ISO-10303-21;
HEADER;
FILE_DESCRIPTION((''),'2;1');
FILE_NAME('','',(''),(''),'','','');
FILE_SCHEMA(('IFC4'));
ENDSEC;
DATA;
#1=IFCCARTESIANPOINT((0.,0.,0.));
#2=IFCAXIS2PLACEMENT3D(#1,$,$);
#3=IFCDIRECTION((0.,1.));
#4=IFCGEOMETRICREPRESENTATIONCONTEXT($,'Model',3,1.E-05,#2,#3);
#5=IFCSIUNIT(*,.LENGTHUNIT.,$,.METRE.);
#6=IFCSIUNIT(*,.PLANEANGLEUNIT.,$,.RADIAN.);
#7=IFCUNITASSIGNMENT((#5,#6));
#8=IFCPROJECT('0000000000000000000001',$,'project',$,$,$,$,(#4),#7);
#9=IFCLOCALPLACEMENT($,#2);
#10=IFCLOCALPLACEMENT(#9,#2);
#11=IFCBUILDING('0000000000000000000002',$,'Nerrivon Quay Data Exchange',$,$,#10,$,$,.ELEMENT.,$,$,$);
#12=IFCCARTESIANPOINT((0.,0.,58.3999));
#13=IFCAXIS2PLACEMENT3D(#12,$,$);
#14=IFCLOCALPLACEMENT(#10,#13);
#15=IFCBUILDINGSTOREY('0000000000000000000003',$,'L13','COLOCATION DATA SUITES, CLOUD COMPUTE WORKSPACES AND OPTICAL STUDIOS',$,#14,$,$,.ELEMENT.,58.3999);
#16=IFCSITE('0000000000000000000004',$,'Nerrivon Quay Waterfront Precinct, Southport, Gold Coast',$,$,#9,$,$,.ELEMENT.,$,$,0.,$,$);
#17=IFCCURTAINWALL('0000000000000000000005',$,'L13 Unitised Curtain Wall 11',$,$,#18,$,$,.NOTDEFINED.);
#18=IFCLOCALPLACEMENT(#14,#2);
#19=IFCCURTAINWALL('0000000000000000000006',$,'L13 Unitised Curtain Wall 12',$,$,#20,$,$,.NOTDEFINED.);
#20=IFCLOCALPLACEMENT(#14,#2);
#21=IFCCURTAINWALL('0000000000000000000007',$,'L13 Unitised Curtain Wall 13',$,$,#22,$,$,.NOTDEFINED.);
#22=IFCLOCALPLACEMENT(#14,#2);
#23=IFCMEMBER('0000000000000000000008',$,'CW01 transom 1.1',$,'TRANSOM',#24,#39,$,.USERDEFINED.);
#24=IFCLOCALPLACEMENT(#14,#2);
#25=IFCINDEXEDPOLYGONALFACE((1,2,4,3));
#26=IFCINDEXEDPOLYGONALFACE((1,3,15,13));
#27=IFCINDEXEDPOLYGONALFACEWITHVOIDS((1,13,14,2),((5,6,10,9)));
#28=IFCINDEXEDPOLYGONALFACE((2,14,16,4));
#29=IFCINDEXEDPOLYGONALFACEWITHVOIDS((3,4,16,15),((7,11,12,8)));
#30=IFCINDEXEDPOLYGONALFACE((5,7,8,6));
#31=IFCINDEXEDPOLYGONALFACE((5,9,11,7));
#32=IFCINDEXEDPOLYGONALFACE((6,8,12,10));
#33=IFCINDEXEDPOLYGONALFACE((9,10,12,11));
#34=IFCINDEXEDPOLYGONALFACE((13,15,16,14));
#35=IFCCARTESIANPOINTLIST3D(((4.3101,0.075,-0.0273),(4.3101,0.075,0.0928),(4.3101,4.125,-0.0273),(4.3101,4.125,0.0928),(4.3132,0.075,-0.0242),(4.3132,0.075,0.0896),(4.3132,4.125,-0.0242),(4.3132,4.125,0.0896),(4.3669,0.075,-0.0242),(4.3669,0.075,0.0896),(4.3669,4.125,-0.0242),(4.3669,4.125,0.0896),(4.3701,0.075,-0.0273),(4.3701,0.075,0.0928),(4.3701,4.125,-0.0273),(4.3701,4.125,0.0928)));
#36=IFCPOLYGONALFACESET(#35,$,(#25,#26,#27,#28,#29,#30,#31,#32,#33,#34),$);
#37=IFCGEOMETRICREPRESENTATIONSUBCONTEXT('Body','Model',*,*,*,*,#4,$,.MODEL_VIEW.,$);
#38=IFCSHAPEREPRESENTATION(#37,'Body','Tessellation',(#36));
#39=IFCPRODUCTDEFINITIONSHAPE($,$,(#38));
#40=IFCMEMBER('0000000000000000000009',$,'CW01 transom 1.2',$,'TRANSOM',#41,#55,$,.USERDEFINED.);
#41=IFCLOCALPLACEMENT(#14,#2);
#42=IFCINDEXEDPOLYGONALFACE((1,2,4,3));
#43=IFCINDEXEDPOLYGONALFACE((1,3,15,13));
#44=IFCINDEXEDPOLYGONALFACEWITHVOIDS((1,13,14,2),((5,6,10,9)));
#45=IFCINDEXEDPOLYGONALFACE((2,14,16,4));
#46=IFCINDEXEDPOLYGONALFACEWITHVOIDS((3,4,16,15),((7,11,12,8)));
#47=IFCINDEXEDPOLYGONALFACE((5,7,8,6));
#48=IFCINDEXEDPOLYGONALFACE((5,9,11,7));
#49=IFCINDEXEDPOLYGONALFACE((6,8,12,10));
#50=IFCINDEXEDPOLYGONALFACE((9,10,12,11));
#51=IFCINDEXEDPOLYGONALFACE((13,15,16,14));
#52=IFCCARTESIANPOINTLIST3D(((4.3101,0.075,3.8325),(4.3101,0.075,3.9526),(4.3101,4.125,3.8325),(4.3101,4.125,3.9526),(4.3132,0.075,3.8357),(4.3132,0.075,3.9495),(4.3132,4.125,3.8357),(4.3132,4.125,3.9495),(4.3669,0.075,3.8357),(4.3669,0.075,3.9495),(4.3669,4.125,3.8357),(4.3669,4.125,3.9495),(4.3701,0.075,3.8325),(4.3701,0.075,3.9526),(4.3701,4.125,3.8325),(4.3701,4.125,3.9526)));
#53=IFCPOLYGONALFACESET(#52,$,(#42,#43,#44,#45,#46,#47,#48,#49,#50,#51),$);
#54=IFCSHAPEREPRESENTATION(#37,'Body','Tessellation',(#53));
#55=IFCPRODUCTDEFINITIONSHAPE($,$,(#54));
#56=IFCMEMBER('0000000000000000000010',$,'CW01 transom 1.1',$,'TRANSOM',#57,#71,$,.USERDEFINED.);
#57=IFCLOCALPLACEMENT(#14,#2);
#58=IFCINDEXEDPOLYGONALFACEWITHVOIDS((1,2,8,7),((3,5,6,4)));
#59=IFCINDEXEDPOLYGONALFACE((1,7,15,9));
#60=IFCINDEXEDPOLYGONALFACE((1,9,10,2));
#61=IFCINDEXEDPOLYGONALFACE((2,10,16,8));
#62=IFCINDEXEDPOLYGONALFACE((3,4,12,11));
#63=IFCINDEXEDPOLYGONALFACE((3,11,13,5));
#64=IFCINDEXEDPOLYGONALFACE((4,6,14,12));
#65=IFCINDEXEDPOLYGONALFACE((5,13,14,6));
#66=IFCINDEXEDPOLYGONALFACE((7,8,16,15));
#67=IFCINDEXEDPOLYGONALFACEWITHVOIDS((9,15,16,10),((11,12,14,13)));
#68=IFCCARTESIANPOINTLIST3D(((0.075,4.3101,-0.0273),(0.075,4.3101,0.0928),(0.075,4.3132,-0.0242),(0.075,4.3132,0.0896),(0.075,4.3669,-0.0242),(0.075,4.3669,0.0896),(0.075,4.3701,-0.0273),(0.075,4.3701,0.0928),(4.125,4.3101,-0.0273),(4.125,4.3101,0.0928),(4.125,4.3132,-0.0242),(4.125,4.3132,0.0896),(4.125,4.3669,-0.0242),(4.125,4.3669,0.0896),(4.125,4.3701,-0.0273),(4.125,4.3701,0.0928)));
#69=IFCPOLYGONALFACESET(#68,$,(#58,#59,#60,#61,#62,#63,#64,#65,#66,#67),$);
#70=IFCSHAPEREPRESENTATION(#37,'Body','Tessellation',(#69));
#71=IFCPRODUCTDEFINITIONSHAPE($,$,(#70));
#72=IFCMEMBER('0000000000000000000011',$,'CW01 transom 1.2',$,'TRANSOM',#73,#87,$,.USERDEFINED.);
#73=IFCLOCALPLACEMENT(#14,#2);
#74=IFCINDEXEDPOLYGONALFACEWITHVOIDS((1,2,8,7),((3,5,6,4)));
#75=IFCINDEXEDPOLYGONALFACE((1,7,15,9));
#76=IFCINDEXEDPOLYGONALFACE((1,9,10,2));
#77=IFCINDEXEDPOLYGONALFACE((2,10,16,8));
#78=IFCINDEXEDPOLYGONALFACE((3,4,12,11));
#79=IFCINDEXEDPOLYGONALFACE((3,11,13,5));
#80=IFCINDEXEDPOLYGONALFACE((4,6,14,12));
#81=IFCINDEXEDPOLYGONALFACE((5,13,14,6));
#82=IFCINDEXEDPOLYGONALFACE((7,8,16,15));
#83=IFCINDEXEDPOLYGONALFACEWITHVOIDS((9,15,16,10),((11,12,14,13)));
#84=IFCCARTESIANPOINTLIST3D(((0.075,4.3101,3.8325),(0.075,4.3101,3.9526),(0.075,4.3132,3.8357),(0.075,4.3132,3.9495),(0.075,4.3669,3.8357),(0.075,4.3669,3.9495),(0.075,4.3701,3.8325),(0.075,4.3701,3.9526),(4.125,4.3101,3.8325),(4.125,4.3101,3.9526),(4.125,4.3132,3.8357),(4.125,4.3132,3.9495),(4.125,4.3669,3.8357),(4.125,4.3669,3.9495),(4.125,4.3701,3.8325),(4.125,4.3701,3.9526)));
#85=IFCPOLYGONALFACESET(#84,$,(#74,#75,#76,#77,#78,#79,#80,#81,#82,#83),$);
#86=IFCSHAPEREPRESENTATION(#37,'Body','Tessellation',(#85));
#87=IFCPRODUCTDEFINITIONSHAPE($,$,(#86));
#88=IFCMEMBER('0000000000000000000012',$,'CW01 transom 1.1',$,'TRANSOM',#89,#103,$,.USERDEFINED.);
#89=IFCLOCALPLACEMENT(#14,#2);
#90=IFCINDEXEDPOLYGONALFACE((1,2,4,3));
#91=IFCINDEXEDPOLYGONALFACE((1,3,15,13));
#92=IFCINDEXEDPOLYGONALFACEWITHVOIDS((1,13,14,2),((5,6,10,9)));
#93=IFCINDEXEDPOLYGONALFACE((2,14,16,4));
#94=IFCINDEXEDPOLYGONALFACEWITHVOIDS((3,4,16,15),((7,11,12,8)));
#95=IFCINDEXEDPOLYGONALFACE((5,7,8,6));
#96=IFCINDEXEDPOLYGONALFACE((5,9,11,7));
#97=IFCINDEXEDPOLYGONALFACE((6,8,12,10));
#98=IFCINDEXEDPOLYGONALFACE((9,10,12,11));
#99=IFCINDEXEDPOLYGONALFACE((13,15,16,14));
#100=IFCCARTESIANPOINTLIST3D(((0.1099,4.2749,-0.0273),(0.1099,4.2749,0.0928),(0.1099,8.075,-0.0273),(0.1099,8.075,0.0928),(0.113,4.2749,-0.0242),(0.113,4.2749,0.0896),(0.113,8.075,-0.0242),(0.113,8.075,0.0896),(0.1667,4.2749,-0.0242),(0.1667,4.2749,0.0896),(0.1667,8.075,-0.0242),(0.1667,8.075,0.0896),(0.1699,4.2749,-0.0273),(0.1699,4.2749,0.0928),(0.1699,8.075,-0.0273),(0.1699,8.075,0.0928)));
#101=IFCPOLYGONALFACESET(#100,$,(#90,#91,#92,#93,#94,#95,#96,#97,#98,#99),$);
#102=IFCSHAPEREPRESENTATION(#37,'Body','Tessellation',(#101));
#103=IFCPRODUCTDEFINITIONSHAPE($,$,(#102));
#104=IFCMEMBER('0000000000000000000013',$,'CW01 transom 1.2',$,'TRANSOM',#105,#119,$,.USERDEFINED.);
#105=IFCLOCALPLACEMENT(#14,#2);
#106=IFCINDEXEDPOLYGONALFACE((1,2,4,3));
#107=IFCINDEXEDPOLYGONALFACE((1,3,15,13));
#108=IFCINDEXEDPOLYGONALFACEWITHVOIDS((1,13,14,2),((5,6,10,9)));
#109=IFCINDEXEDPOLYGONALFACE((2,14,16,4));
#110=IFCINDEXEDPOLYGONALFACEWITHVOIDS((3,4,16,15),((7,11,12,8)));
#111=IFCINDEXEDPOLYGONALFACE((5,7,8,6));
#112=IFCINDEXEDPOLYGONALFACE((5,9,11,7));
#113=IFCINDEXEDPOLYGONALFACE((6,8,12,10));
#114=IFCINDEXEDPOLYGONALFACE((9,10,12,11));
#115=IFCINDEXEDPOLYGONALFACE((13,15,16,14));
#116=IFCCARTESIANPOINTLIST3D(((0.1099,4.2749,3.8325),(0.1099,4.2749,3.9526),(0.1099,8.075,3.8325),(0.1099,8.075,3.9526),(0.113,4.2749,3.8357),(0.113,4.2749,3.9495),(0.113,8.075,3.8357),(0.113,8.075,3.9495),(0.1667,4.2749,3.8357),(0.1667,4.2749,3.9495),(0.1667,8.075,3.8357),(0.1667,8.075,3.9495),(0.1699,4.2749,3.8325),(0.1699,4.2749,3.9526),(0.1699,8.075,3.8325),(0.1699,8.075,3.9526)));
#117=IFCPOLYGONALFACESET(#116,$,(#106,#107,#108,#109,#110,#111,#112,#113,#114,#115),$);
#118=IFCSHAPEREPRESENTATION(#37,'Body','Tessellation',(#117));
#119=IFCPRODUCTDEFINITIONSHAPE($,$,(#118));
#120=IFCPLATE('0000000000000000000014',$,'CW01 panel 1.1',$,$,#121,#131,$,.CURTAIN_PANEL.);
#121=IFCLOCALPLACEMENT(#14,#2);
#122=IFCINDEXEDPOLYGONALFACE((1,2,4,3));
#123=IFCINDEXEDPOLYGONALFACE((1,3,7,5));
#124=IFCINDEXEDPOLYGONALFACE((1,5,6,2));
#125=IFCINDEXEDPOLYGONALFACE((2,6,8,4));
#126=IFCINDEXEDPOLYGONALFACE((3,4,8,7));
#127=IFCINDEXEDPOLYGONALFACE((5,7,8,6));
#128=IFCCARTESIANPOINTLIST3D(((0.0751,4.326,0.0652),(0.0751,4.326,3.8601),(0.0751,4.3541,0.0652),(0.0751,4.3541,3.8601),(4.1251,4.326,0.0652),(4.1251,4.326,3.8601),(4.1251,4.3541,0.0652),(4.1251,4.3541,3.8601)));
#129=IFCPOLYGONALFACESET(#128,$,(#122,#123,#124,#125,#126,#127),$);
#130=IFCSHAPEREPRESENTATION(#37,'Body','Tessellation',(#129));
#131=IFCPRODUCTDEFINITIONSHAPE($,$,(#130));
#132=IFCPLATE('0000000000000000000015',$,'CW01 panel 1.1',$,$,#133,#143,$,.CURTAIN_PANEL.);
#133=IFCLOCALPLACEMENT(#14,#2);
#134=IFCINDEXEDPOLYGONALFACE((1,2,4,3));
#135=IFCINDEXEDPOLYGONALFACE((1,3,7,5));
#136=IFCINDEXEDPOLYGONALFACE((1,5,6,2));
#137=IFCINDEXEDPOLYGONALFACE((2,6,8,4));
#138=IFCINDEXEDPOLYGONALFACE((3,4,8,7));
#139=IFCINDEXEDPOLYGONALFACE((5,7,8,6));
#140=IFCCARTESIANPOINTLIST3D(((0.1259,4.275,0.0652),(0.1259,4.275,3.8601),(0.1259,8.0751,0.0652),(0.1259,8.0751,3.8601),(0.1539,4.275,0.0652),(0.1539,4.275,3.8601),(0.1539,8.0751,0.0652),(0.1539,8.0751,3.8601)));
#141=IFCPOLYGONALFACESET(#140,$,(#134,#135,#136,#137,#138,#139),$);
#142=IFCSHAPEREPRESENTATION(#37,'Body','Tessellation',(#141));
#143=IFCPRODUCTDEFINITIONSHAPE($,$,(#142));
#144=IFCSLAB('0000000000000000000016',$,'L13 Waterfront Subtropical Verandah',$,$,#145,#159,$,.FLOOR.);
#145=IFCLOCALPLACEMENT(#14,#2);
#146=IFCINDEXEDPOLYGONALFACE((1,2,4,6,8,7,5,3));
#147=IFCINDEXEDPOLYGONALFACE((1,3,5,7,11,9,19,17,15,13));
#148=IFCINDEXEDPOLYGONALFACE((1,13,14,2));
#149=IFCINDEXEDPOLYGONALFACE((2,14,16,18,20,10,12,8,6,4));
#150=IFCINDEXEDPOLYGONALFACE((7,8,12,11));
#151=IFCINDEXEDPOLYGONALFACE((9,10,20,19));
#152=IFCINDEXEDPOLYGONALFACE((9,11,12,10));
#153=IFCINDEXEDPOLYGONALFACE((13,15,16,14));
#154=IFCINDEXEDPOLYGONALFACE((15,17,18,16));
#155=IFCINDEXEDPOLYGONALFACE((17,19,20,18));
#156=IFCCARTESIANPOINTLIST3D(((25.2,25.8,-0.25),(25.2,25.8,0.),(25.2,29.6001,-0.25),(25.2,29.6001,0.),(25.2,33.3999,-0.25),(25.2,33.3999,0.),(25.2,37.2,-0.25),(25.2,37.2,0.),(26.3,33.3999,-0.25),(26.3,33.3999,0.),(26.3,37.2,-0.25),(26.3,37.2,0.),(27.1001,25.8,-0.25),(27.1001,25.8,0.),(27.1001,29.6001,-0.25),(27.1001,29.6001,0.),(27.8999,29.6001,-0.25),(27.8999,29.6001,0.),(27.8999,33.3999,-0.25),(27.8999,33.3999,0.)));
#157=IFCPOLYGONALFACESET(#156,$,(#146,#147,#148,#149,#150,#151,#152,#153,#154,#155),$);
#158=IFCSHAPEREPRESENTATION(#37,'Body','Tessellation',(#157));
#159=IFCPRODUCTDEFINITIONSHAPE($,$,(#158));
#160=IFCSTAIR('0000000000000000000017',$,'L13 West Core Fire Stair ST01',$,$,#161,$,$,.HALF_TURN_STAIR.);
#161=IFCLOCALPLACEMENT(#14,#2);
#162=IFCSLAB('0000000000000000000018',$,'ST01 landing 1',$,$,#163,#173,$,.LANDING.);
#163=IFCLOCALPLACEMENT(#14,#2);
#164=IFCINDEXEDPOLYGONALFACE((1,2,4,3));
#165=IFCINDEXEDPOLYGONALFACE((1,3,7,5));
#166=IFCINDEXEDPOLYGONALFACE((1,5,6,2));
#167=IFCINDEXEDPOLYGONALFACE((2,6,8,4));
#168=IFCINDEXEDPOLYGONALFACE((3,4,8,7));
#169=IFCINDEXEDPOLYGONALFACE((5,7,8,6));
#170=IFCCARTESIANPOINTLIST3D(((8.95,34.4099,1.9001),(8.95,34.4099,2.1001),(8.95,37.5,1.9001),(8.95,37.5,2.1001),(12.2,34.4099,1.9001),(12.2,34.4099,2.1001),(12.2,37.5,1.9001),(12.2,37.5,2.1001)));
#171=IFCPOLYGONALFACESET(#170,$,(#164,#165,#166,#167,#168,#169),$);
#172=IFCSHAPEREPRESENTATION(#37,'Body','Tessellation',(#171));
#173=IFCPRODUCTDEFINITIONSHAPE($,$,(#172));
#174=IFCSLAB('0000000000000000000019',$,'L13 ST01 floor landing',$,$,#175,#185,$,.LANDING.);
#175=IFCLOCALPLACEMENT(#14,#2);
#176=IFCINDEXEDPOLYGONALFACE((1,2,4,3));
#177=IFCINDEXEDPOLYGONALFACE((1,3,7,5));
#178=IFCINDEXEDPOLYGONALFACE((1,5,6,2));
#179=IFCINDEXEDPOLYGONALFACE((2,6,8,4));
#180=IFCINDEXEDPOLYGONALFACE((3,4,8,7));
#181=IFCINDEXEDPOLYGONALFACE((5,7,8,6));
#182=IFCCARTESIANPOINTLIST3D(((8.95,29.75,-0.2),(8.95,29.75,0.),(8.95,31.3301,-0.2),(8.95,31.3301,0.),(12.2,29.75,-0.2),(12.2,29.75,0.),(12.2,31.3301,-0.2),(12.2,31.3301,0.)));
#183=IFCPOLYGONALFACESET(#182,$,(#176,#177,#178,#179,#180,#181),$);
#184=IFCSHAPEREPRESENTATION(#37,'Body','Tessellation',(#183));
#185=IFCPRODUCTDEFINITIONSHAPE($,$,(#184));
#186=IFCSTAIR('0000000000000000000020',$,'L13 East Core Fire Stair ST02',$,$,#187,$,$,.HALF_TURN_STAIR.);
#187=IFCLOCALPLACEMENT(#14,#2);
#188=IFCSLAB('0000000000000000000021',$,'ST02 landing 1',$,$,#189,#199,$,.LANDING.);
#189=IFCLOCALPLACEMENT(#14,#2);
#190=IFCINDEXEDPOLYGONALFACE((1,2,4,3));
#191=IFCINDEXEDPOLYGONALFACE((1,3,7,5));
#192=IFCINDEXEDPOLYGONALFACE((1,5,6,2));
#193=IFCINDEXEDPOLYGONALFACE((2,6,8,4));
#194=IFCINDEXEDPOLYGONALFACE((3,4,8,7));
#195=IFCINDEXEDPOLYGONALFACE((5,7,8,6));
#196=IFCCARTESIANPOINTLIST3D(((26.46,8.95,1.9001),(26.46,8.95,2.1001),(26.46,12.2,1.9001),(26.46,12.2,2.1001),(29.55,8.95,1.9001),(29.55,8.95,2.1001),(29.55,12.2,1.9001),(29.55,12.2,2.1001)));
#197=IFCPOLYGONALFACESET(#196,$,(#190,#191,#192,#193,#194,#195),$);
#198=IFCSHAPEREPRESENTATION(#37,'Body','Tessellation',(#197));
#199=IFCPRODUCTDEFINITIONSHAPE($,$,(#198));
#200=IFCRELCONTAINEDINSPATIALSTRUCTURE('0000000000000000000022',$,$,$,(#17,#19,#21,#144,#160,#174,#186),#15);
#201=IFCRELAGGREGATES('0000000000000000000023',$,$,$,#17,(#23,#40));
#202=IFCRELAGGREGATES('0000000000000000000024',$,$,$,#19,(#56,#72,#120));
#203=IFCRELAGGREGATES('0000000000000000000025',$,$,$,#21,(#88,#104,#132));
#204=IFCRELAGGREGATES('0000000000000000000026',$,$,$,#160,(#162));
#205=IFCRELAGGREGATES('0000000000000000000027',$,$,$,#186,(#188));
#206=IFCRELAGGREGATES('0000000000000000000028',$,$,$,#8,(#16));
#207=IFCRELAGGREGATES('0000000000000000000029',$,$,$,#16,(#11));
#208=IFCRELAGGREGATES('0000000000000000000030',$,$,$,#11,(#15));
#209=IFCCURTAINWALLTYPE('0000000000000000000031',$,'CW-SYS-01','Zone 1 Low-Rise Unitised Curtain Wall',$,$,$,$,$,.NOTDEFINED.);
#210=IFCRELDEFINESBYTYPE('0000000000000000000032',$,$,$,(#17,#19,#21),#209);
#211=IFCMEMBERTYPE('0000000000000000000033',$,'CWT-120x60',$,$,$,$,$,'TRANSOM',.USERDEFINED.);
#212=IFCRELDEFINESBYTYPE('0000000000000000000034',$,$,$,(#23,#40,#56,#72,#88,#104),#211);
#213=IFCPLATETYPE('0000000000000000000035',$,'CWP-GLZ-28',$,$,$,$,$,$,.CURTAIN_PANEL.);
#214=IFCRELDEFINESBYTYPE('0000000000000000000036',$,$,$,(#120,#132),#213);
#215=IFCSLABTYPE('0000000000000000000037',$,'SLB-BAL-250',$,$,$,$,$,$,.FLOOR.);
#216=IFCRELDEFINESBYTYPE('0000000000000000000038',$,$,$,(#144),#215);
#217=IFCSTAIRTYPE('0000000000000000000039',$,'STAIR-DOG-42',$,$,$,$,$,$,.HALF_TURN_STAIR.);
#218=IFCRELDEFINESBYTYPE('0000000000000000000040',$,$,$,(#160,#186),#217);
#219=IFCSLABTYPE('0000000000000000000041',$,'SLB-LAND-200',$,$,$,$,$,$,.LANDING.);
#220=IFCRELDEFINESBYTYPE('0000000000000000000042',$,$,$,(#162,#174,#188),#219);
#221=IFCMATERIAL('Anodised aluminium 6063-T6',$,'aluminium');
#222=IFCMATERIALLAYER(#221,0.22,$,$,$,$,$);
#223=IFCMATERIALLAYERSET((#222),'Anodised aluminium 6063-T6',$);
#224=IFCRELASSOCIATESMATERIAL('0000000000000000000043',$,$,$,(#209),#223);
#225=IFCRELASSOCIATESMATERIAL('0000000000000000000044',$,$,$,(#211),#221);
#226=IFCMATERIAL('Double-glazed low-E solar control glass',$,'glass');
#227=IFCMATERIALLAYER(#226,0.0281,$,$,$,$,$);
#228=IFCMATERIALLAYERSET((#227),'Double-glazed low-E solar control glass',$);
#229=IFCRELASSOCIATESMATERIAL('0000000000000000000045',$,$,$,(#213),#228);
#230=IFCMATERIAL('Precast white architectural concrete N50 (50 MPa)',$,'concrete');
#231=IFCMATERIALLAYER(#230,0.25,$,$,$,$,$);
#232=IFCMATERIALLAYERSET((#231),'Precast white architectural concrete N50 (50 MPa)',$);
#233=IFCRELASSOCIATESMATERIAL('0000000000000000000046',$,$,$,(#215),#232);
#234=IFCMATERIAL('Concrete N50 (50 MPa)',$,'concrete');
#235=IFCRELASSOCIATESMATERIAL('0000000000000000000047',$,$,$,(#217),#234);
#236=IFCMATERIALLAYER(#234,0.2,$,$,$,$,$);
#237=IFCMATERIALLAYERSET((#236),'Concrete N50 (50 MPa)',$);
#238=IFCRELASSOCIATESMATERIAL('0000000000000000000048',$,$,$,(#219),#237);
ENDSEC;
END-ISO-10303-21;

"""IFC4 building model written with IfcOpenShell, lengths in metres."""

from ifc_helpers import new_model, si_unit, direction, frame, origin, origin_2d, place, context, subcontext, project, spatial, polyline, rectangle, hollow_rectangle, outline, extrude, material, layer, layer_set, material_profile, profile_set, type_object, element, aggregate, save


model = new_model("IFC4")

# Units and contexts
model_context = context("Model", 3, precision=1e-05, world=origin(), true_north=direction((0.0, 1.0)))
body_context = subcontext(model_context, "Body", "Model", "MODEL_VIEW")
ifc_project = project(units=[si_unit("LENGTHUNIT", "METRE"), si_unit("PLANEANGLEUNIT", "RADIAN")], contexts=[model_context])

# Site, building, storey
site_placement = place(None, origin())
site = spatial("IfcSite", under=ifc_project, at=site_placement, Name="Nerrivon Quay Waterfront Precinct, Southport, Gold Coast", CompositionType="ELEMENT", RefElevation=0.0)
building_placement = place(site_placement, origin())
building = spatial("IfcBuilding", under=site, at=building_placement, Name="Nerrivon Quay Data Exchange", CompositionType="ELEMENT")
storey_placement = place(building_placement, frame((0.0, 0.0, 58.3999)))
storey = spatial("IfcBuildingStorey", under=building, at=storey_placement, Name="L13", Description="COLOCATION DATA SUITES, CLOUD COMPUTE WORKSPACES AND OPTICAL STUDIOS", CompositionType="ELEMENT", Elevation=58.3999)

# Curtain wall
ifc_material_1 = material(Name="Anodised aluminium 6063-T6", Category="aluminium")
ifc_layer_1 = layer(ifc_material_1, 0.22)
ifc_layer_set_1 = layer_set([ifc_layer_1], Name="Anodised aluminium 6063-T6")
curtain_wall_type = type_object("IfcCurtainWallType", Name="CW-SYS-01", Description="Zone 1 Low-Rise Unitised Curtain Wall", PredefinedType="NOTDEFINED", material=ifc_layer_set_1)
curtain_wall_1_placement = place(storey_placement, origin())
curtain_wall_1 = element("IfcCurtainWall", 1, at=curtain_wall_1_placement, inside=storey, type_object=curtain_wall_type, Name="L13 Unitised Curtain Wall 11", PredefinedType="NOTDEFINED")

# Curtain walls
curtain_wall_2_placement = place(storey_placement, origin())
curtain_wall_2 = element("IfcCurtainWall", 2, at=curtain_wall_2_placement, inside=storey, type_object=curtain_wall_type, Name="L13 Unitised Curtain Wall 12", PredefinedType="NOTDEFINED")
curtain_wall_3_placement = place(storey_placement, origin())
curtain_wall_3 = element("IfcCurtainWall", 3, at=curtain_wall_3_placement, inside=storey, type_object=curtain_wall_type, Name="L13 Unitised Curtain Wall 13", PredefinedType="NOTDEFINED")

# Members
ifc_material_profile_1 = material_profile(ifc_material_1, hollow_rectangle(XDim=0.0601, YDim=0.1201, WallThickness=0.0032, at=origin_2d()), Name="ALU-TRAN-120x60")
ifc_profile_set_1 = profile_set([ifc_material_profile_1], Name="Anodised aluminium 6063-T6")
member_type_1 = type_object("IfcMemberType", Name="CWT-120x60", ElementType="TRANSOM", PredefinedType="USERDEFINED", material=ifc_profile_set_1)
member_1_placement = place(storey_placement, frame((4.3401, 0.075, 0.0327), z_axis=(0.0, 1.0, 0.0), x_axis=(-1.0, 0.0, 0.0)))
member_1 = element("IfcMember", 4, at=member_1_placement, type_object=member_type_1, Name="CW01 transom 1.1", ObjectType="TRANSOM", PredefinedType="USERDEFINED", context=body_context, shape_type="SweptSolid", body=[
    extrude(hollow_rectangle(XDim=0.0601, YDim=0.1201, WallThickness=0.0032, at=origin_2d()), origin(), (0.0, 0.0, 1.0), 4.05),
])
member_2_placement = place(storey_placement, frame((4.3401, 0.075, 3.8926), z_axis=(0.0, 1.0, 0.0), x_axis=(-1.0, 0.0, 0.0)))
member_2 = element("IfcMember", 5, at=member_2_placement, type_object=member_type_1, Name="CW01 transom 1.2", ObjectType="TRANSOM", PredefinedType="USERDEFINED", context=body_context, shape_type="SweptSolid", body=[
    extrude(hollow_rectangle(XDim=0.0601, YDim=0.1201, WallThickness=0.0032, at=origin_2d()), origin(), (0.0, 0.0, 1.0), 4.05),
])
aggregate(curtain_wall_1, [member_1, member_2])
member_3_placement = place(storey_placement, frame((4.125, 4.3401, 0.0327), z_axis=(-1.0, 0.0, 0.0), x_axis=(0.0, -1.0, 0.0)))
member_3 = element("IfcMember", 6, at=member_3_placement, type_object=member_type_1, Name="CW01 transom 1.1", ObjectType="TRANSOM", PredefinedType="USERDEFINED", context=body_context, shape_type="SweptSolid", body=[
    extrude(hollow_rectangle(XDim=0.0601, YDim=0.1201, WallThickness=0.0032, at=origin_2d()), origin(), (0.0, 0.0, 1.0), 4.05),
])
member_4_placement = place(storey_placement, frame((4.125, 4.3401, 3.8926), z_axis=(-1.0, 0.0, 0.0), x_axis=(0.0, -1.0, 0.0)))
member_4 = element("IfcMember", 7, at=member_4_placement, type_object=member_type_1, Name="CW01 transom 1.2", ObjectType="TRANSOM", PredefinedType="USERDEFINED", context=body_context, shape_type="SweptSolid", body=[
    extrude(hollow_rectangle(XDim=0.0601, YDim=0.1201, WallThickness=0.0032, at=origin_2d()), origin(), (0.0, 0.0, 1.0), 4.05),
])
member_5_placement = place(storey_placement, frame((0.1399, 4.2749, 0.0327), z_axis=(0.0, 1.0, 0.0), x_axis=(-1.0, 0.0, 0.0)))
member_5 = element("IfcMember", 8, at=member_5_placement, type_object=member_type_1, Name="CW01 transom 1.1", ObjectType="TRANSOM", PredefinedType="USERDEFINED", context=body_context, shape_type="SweptSolid", body=[
    extrude(hollow_rectangle(XDim=0.0601, YDim=0.1201, WallThickness=0.0032, at=origin_2d()), origin(), (0.0, 0.0, 1.0), 3.8),
])
member_6_placement = place(storey_placement, frame((0.1399, 4.2749, 3.8926), z_axis=(0.0, 1.0, 0.0), x_axis=(-1.0, 0.0, 0.0)))
member_6 = element("IfcMember", 9, at=member_6_placement, type_object=member_type_1, Name="CW01 transom 1.2", ObjectType="TRANSOM", PredefinedType="USERDEFINED", context=body_context, shape_type="SweptSolid", body=[
    extrude(hollow_rectangle(XDim=0.0601, YDim=0.1201, WallThickness=0.0032, at=origin_2d()), origin(), (0.0, 0.0, 1.0), 3.8),
])

# Plates
ifc_material_2 = material(Name="Double-glazed low-E solar control glass", Category="glass")
ifc_layer_2 = layer(ifc_material_2, 0.0281)
ifc_layer_set_2 = layer_set([ifc_layer_2], Name="Double-glazed low-E solar control glass")
plate_type = type_object("IfcPlateType", Name="CWP-GLZ-28", PredefinedType="CURTAIN_PANEL", material=ifc_layer_set_2)
plate_1_placement = place(storey_placement, frame((2.1001, 4.3401, 0.0652), z_axis=(0.0, 0.0, 1.0), x_axis=(-1.0, 0.0, 0.0)))
plate_1 = element("IfcPlate", 10, at=plate_1_placement, type_object=plate_type, Name="CW01 panel 1.1", PredefinedType="CURTAIN_PANEL", context=body_context, shape_type="SweptSolid", body=[
    extrude(rectangle(XDim=4.05, YDim=0.0281, at=origin_2d()), origin(), (0.0, 0.0, 1.0), 3.7949),
])
aggregate(curtain_wall_2, [member_3, member_4, plate_1])
plate_2_placement = place(storey_placement, frame((0.1399, 6.175, 0.0652), z_axis=(0.0, 0.0, 1.0), x_axis=(0.0, 1.0, 0.0)))
plate_2 = element("IfcPlate", 11, at=plate_2_placement, type_object=plate_type, Name="CW01 panel 1.1", PredefinedType="CURTAIN_PANEL", context=body_context, shape_type="SweptSolid", body=[
    extrude(rectangle(XDim=3.8, YDim=0.0281, at=origin_2d()), origin(), (0.0, 0.0, 1.0), 3.7949),
])
aggregate(curtain_wall_3, [member_5, member_6, plate_2])

# Slab
ifc_material_3 = material(Name="Precast white architectural concrete N50 (50 MPa)", Category="concrete")
ifc_layer_3 = layer(ifc_material_3, 0.25)
ifc_layer_set_3 = layer_set([ifc_layer_3], Name="Precast white architectural concrete N50 (50 MPa)")
slab_type_1 = type_object("IfcSlabType", Name="SLB-BAL-250", PredefinedType="FLOOR", material=ifc_layer_set_3)
slab_1_placement = place(storey_placement, frame((0.0, 0.0, -0.25)))
element("IfcSlab", 12, at=slab_1_placement, inside=storey, type_object=slab_type_1, Name="L13 Waterfront Subtropical Verandah", PredefinedType="FLOOR", context=body_context, shape_type="SweptSolid", body=[
    extrude(outline(polyline([(27.1001, 29.6001), (27.8999, 29.6001), (27.8999, 33.3999), (26.3, 33.3999), (26.3, 37.2), (25.2, 37.2), (25.2, 33.3999), (25.2, 29.6001), (25.2, 25.8), (27.1001, 25.8), (27.1001, 29.6001)])), origin(), (0.0, 0.0, 1.0), 0.25),
])

# Stair, slab
ifc_material_4 = material(Name="Concrete N50 (50 MPa)", Category="concrete")
stair_type = type_object("IfcStairType", Name="STAIR-DOG-42", PredefinedType="HALF_TURN_STAIR", material=ifc_material_4)
stair_1_placement = place(storey_placement, origin())
stair_1 = element("IfcStair", 13, at=stair_1_placement, inside=storey, type_object=stair_type, Name="L13 West Core Fire Stair ST01", PredefinedType="HALF_TURN_STAIR")
ifc_layer_4 = layer(ifc_material_4, 0.2)
ifc_layer_set_4 = layer_set([ifc_layer_4], Name="Concrete N50 (50 MPa)")
slab_type_2 = type_object("IfcSlabType", Name="SLB-LAND-200", PredefinedType="LANDING", material=ifc_layer_set_4)
slab_2_placement = place(storey_placement, frame((0.0, 0.0, 1.9001)))
slab_2 = element("IfcSlab", 14, at=slab_2_placement, type_object=slab_type_2, Name="ST01 landing 1", PredefinedType="LANDING", context=body_context, shape_type="SweptSolid", body=[
    extrude(outline(polyline([(12.2, 34.4099), (12.2, 37.5), (8.95, 37.5), (8.95, 34.4099), (12.2, 34.4099)])), origin(), (0.0, 0.0, 1.0), 0.2),
])
aggregate(stair_1, [slab_2])

# Slab
slab_3_placement = place(storey_placement, frame((0.0, 0.0, -0.2)))
element("IfcSlab", 15, at=slab_3_placement, inside=storey, type_object=slab_type_2, Name="L13 ST01 floor landing", PredefinedType="LANDING", context=body_context, shape_type="SweptSolid", body=[
    extrude(outline(polyline([(12.2, 29.75), (12.2, 31.3301), (8.95, 31.3301), (8.95, 29.75), (12.2, 29.75)])), origin(), (0.0, 0.0, 1.0), 0.2),
])

# Stair, slab
stair_2_placement = place(storey_placement, origin())
stair_2 = element("IfcStair", 16, at=stair_2_placement, inside=storey, type_object=stair_type, Name="L13 East Core Fire Stair ST02", PredefinedType="HALF_TURN_STAIR")
slab_4_placement = place(storey_placement, frame((0.0, 0.0, 1.9001)))
slab_4 = element("IfcSlab", 17, at=slab_4_placement, type_object=slab_type_2, Name="ST02 landing 1", PredefinedType="LANDING", context=body_context, shape_type="SweptSolid", body=[
    extrude(outline(polyline([(26.46, 8.95), (29.55, 8.95), (29.55, 12.2), (26.46, 12.2), (26.46, 8.95)])), origin(), (0.0, 0.0, 1.0), 0.2),
])
aggregate(stair_2, [slab_4])

save(model, "model.ifc")
